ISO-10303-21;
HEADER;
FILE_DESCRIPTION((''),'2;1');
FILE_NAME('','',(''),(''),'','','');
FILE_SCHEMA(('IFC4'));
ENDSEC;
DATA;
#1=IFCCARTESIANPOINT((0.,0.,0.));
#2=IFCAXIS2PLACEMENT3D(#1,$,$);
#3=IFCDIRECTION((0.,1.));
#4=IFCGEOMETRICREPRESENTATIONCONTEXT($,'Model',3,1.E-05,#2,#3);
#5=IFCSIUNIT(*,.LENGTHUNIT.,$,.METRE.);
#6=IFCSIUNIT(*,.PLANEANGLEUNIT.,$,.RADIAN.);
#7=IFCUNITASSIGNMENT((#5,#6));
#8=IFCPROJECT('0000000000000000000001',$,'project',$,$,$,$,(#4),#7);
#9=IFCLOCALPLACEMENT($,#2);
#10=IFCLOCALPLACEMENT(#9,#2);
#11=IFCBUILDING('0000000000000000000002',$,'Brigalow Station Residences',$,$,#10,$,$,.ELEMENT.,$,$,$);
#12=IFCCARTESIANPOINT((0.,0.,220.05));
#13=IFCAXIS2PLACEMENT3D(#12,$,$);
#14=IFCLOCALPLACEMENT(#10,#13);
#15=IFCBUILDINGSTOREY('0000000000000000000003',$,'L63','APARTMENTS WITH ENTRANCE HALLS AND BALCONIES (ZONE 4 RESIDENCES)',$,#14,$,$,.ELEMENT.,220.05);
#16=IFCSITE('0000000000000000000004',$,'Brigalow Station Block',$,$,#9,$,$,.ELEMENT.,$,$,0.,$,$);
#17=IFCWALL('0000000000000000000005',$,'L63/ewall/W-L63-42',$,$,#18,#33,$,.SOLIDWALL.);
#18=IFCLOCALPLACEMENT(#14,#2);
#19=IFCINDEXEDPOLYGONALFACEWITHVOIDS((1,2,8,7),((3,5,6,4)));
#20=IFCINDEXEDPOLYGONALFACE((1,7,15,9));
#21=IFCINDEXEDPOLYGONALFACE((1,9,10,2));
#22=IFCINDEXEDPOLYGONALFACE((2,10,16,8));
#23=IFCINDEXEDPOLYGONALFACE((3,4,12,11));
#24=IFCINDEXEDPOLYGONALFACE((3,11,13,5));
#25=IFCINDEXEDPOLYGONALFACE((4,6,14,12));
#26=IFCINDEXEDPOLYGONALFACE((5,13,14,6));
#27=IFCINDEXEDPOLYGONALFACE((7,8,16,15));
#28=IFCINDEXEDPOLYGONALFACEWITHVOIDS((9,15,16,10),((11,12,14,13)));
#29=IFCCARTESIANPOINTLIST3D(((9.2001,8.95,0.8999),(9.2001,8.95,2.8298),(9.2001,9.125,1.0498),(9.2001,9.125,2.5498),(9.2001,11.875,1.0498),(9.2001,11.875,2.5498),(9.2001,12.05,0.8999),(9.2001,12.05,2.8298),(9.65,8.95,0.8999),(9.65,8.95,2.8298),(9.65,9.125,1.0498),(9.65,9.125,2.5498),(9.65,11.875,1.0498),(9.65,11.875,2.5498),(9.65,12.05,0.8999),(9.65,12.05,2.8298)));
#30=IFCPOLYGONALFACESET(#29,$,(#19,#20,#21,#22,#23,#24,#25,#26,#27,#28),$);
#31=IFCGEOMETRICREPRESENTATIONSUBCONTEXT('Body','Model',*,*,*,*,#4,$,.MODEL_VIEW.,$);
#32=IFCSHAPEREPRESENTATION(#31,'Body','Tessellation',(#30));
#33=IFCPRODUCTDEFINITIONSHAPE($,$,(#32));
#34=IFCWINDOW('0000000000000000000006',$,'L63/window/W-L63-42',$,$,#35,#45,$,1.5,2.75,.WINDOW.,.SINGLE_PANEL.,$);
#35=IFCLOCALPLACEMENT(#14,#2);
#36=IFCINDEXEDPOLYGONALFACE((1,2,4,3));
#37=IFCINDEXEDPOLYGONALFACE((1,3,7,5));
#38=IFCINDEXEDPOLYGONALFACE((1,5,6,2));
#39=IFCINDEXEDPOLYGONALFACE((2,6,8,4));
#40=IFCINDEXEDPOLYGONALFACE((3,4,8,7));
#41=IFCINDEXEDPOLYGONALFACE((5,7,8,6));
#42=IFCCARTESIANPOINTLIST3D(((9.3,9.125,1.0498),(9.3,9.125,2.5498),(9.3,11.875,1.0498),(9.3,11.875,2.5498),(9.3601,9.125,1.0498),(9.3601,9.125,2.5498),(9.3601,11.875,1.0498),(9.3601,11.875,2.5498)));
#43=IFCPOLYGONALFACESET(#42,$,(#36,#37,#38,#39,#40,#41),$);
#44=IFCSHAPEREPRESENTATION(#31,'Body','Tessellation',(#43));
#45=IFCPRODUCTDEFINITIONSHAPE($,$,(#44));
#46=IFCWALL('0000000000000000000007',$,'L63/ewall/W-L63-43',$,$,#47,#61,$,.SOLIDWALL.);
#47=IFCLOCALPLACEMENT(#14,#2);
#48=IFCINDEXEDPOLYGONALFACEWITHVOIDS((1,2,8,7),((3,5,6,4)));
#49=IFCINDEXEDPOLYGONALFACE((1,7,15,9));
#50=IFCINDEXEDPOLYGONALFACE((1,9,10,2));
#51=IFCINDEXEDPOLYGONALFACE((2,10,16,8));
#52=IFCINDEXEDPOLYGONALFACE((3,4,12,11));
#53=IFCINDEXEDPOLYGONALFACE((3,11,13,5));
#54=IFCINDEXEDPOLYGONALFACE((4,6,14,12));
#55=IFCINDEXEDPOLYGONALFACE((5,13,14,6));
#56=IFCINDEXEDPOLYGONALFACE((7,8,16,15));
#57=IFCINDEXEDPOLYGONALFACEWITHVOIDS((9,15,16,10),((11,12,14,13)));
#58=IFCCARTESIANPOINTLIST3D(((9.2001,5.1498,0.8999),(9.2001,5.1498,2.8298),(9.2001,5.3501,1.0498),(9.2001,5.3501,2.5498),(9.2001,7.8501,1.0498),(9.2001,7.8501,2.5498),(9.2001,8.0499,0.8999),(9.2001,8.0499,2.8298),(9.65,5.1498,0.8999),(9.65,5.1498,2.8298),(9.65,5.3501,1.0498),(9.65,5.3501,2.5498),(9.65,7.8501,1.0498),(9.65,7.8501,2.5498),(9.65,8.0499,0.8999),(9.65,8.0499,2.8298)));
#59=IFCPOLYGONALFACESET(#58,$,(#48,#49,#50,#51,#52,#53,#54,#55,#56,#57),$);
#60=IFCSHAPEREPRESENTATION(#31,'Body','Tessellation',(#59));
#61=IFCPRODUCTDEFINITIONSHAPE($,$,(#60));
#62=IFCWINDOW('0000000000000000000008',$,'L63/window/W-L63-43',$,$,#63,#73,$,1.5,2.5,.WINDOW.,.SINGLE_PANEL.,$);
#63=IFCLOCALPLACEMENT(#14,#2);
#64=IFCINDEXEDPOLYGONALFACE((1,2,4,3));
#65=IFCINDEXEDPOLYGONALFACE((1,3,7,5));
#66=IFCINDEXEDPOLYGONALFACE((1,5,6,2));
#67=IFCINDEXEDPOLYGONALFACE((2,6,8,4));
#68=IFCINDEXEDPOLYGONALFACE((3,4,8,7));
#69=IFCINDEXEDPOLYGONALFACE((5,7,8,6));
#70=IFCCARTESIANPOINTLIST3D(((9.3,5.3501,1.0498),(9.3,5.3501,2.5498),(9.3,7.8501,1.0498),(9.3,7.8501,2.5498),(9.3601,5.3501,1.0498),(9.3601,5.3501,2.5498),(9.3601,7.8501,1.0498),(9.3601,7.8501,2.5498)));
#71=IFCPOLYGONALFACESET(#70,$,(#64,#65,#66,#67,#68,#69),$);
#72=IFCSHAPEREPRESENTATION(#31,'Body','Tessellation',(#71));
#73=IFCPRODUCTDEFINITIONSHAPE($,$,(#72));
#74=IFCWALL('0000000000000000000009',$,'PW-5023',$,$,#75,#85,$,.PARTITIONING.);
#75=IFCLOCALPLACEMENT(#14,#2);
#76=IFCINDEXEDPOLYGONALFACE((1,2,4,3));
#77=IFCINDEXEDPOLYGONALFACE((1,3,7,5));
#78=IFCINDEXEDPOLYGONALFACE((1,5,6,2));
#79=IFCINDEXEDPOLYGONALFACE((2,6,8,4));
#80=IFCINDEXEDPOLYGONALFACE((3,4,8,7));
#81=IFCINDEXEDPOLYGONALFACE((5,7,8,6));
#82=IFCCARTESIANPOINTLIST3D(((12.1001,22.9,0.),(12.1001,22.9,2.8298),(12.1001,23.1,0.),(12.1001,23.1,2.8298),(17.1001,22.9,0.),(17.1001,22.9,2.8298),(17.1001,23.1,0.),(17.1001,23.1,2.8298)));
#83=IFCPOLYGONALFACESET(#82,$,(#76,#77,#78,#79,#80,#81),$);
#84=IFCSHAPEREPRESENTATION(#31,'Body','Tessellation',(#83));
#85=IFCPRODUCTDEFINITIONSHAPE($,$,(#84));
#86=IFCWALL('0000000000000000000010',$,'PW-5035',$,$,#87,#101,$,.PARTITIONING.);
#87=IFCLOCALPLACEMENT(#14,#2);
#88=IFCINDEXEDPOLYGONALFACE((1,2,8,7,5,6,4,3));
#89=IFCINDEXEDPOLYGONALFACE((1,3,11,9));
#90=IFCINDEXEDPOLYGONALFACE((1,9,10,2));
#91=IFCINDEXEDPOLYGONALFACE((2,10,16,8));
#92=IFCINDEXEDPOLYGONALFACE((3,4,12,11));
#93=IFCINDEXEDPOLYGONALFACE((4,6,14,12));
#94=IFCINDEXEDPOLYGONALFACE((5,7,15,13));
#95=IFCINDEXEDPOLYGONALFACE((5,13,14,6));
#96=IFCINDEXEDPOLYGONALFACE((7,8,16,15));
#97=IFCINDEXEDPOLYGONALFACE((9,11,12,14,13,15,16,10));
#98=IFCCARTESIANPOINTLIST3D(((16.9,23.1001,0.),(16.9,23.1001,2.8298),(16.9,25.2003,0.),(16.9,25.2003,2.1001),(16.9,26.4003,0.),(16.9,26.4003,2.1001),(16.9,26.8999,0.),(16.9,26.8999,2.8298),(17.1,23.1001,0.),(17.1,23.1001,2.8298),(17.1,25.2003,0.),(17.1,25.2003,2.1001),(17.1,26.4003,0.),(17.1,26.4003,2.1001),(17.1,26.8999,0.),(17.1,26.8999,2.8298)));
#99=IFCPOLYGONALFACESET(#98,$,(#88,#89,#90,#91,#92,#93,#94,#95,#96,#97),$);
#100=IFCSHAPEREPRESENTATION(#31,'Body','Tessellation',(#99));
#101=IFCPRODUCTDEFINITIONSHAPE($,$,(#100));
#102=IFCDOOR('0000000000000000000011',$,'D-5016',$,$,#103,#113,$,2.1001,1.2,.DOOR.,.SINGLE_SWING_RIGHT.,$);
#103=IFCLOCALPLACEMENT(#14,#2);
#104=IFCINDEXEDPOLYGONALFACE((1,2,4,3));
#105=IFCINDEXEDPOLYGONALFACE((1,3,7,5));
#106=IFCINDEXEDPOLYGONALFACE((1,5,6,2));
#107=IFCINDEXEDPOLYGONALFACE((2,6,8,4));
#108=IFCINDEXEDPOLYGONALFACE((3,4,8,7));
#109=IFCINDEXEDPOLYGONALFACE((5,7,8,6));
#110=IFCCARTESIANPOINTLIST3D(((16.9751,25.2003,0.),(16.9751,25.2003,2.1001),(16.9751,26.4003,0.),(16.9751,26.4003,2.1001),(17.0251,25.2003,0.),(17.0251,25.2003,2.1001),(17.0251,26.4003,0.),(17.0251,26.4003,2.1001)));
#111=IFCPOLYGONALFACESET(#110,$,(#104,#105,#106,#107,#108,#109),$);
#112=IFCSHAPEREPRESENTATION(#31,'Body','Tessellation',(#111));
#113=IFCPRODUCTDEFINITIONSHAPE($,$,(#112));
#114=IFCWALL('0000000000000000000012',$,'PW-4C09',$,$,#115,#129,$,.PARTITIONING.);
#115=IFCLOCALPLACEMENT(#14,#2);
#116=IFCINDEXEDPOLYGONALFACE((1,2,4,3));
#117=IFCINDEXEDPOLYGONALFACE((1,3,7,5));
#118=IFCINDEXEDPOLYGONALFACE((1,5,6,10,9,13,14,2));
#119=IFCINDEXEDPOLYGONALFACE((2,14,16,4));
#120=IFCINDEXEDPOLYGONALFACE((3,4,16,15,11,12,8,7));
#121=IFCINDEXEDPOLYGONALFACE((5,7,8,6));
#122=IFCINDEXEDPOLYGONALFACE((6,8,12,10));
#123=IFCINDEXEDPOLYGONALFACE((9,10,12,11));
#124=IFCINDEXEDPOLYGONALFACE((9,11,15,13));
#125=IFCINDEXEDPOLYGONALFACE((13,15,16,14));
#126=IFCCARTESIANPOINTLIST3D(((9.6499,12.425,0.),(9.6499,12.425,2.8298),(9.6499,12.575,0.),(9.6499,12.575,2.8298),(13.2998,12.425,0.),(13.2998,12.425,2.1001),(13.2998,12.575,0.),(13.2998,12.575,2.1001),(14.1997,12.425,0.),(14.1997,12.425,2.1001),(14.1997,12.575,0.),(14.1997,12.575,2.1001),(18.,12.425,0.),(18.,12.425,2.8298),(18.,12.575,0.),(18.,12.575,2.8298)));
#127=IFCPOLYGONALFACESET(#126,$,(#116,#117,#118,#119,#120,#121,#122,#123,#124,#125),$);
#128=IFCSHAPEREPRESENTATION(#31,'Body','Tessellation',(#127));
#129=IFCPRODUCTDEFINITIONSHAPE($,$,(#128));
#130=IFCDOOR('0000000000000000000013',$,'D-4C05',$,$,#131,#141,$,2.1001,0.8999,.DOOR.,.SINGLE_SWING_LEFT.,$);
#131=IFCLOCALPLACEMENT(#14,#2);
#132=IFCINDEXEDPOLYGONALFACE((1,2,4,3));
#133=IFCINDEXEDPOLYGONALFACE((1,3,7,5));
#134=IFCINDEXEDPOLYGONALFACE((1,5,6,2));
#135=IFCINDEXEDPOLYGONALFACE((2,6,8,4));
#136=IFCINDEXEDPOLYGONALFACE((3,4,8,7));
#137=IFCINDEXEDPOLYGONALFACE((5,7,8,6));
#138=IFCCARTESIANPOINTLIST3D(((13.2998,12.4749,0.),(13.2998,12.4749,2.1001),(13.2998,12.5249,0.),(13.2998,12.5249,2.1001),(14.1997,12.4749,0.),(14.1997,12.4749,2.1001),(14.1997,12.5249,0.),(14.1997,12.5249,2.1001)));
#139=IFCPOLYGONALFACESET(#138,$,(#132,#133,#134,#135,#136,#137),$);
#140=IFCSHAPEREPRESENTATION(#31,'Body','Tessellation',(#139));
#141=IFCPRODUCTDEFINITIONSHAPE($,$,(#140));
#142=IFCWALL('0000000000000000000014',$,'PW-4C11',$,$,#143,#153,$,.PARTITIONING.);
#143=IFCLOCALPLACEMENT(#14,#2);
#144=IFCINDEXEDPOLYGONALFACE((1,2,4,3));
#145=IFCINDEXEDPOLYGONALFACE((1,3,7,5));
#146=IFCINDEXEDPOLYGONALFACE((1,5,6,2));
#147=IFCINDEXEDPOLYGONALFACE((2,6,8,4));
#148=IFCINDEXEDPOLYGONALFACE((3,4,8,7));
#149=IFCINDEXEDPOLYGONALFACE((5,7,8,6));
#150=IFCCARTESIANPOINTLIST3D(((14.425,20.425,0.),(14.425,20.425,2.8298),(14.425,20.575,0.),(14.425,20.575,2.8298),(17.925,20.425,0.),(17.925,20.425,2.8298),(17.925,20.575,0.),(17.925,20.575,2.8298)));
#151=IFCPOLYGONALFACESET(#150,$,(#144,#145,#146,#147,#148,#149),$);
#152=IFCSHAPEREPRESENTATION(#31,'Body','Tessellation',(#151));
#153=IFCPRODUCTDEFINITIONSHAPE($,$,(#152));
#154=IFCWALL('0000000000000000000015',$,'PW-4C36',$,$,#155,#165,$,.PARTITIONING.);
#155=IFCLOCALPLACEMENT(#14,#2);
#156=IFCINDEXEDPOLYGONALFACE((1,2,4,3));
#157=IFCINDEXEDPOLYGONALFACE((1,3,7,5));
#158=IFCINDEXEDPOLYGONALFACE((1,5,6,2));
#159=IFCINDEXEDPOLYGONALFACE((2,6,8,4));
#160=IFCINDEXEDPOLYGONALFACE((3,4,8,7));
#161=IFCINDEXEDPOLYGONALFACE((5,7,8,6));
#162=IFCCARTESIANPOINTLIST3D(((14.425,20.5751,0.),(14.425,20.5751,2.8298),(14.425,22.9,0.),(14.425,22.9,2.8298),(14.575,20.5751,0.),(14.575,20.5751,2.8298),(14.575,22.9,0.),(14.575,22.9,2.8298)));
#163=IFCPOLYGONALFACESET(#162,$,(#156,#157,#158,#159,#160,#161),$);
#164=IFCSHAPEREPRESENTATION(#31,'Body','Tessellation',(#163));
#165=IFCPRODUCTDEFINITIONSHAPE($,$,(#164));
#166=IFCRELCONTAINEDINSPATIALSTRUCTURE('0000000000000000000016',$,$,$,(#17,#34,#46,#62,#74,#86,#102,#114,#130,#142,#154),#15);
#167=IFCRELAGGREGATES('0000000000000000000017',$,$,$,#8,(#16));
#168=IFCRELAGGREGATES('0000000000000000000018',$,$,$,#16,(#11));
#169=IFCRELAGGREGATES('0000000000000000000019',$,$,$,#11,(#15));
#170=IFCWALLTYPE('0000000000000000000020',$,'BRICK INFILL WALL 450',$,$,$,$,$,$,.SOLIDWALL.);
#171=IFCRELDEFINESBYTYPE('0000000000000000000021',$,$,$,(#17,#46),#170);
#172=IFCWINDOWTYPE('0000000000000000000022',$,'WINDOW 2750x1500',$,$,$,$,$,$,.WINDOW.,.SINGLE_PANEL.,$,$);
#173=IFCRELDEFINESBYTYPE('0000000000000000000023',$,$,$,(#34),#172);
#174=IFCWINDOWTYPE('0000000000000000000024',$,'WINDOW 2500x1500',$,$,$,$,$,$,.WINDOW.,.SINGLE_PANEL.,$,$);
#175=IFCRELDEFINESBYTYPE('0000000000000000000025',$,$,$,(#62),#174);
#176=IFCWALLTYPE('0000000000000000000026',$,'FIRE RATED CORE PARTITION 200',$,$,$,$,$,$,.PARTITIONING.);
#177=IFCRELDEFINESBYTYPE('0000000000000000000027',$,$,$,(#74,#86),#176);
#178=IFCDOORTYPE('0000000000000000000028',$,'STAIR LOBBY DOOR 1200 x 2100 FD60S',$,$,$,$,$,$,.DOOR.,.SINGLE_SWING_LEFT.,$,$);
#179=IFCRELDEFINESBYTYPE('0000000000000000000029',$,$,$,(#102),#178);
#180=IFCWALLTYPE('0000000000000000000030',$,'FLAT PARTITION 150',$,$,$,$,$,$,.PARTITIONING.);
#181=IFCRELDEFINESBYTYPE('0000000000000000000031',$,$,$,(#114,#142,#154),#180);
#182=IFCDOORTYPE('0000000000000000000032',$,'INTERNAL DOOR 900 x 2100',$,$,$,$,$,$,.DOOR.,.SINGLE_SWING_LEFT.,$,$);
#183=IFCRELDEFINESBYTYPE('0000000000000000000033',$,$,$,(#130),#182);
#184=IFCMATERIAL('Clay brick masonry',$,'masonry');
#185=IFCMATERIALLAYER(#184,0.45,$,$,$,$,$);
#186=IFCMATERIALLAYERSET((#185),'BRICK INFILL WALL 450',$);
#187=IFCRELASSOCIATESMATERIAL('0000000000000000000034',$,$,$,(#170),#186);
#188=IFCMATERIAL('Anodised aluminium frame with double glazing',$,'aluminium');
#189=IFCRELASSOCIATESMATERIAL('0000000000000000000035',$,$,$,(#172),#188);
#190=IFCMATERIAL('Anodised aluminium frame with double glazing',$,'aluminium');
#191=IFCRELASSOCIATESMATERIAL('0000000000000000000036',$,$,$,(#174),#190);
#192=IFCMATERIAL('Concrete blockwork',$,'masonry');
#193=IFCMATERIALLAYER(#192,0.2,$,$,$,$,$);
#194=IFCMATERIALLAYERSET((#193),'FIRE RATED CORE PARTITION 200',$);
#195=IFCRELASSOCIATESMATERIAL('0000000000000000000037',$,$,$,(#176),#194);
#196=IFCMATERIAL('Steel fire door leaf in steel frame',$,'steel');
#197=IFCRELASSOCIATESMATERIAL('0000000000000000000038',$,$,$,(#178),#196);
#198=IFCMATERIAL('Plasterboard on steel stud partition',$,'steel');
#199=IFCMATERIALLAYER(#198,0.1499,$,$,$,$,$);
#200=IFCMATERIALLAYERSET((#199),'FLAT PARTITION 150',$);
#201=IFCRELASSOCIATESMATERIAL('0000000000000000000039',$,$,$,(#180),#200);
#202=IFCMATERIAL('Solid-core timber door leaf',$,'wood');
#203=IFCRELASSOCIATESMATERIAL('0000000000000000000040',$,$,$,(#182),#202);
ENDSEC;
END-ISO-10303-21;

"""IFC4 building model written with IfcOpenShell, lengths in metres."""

from ifc_helpers import new_model, si_unit, direction, frame, frame_2d, origin, place, context, subcontext, project, spatial, rectangle, extrude, material, layer, layer_set, type_object, element, fill, save


model = new_model("IFC4")

# Units and contexts
model_context = context("Model", 3, precision=1e-05, world=origin(), true_north=direction((0.0, 1.0)))
body_context = subcontext(model_context, "Body", "Model", "MODEL_VIEW")
ifc_project = project(units=[si_unit("LENGTHUNIT", "METRE"), si_unit("PLANEANGLEUNIT", "RADIAN")], contexts=[model_context])

# Site, building, storey
site_placement = place(None, origin())
site = spatial("IfcSite", under=ifc_project, at=site_placement, Name="Brigalow Station Block", CompositionType="ELEMENT", RefElevation=0.0)
building_placement = place(site_placement, origin())
building = spatial("IfcBuilding", under=site, at=building_placement, Name="Brigalow Station Residences", CompositionType="ELEMENT")
storey_placement = place(building_placement, frame((0.0, 0.0, 220.05)))
storey = spatial("IfcBuildingStorey", under=building, at=storey_placement, Name="L63", Description="APARTMENTS WITH ENTRANCE HALLS AND BALCONIES (ZONE 4 RESIDENCES)", CompositionType="ELEMENT", Elevation=220.05)

# Shared definitions
ifc_material_1 = material(Name="Clay brick masonry", Category="masonry")
ifc_layer_1 = layer(ifc_material_1, 0.45)
ifc_layer_set_1 = layer_set([ifc_layer_1], Name="BRICK INFILL WALL 450")
wall_type_1 = type_object("IfcWallType", Name="BRICK INFILL WALL 450", PredefinedType="SOLIDWALL", material=ifc_layer_set_1)

# Walls, openings, windows
wall_1_placement = place(storey_placement, frame((9.425, 12.05, 0.8999), z_axis=(0.0, 0.0, 1.0), x_axis=(0.0, -1.0, 0.0)))
wall_1 = element("IfcWall", 1, at=wall_1_placement, inside=storey, type_object=wall_type_1, Name="L63/ewall/W-L63-42", PredefinedType="SOLIDWALL", context=body_context, shape_type="SweptSolid", body=[
    extrude(rectangle(XDim=3.1001, YDim=0.45, at=frame_2d((1.55, 0.0))), origin(), (0.0, 0.0, 1.0), 1.9299),
])
opening_1_placement = place(wall_1_placement, frame((0.175, 0.0, 0.1499)))
opening_1 = element("IfcOpeningElement", 2, at=opening_1_placement, cuts=wall_1, PredefinedType="OPENING", context=body_context, shape_type="SweptSolid", body=[
    extrude(rectangle(XDim=2.75, YDim=1.5, at=frame_2d((1.375, 0.75))), frame((0.0, 0.2349, 0.0), z_axis=(0.0, -1.0, 0.0), x_axis=(1.0, 0.0, 0.0)), (0.0, 0.0, 1.0), 0.47),
])
ifc_material_2 = material(Name="Anodised aluminium frame with double glazing", Category="aluminium")
window_type_1 = type_object("IfcWindowType", Name="WINDOW 2750x1500", PartitioningType="SINGLE_PANEL", PredefinedType="WINDOW", material=ifc_material_2)
window_1_placement = place(opening_1_placement, origin())
window_1 = element("IfcWindow", 3, at=window_1_placement, inside=storey, type_object=window_type_1, Name="L63/window/W-L63-42", OverallHeight=1.5, OverallWidth=2.75, PartitioningType="SINGLE_PANEL", PredefinedType="WINDOW", context=body_context, shape_type="SweptSolid", body=[
    extrude(rectangle(XDim=2.75, YDim=1.5, at=frame_2d((1.375, 0.75))), frame((0.0, -0.0649, 0.0), z_axis=(0.0, -1.0, 0.0), x_axis=(1.0, 0.0, 0.0)), (0.0, 0.0, 1.0), 0.0601),
])
fill(opening_1, window_1)
wall_2_placement = place(storey_placement, frame((9.425, 8.05, 0.8999), z_axis=(0.0, 0.0, 1.0), x_axis=(0.0, -1.0, 0.0)))
wall_2 = element("IfcWall", 4, at=wall_2_placement, inside=storey, type_object=wall_type_1, Name="L63/ewall/W-L63-43", PredefinedType="SOLIDWALL", context=body_context, shape_type="SweptSolid", body=[
    extrude(rectangle(XDim=2.9001, YDim=0.45, at=frame_2d((1.4502, 0.0))), origin(), (0.0, 0.0, 1.0), 1.9299),
])
opening_2_placement = place(wall_2_placement, frame((0.2, 0.0, 0.1499)))
opening_2 = element("IfcOpeningElement", 5, at=opening_2_placement, cuts=wall_2, PredefinedType="OPENING", context=body_context, shape_type="SweptSolid", body=[
    extrude(rectangle(XDim=2.5, YDim=1.5, at=frame_2d((1.25, 0.75))), frame((0.0, 0.2349, 0.0), z_axis=(0.0, -1.0, 0.0), x_axis=(1.0, 0.0, 0.0)), (0.0, 0.0, 1.0), 0.47),
])
ifc_material_3 = material(Name="Anodised aluminium frame with double glazing", Category="aluminium")
window_type_2 = type_object("IfcWindowType", Name="WINDOW 2500x1500", PartitioningType="SINGLE_PANEL", PredefinedType="WINDOW", material=ifc_material_3)
window_2_placement = place(opening_2_placement, origin())
window_2 = element("IfcWindow", 6, at=window_2_placement, inside=storey, type_object=window_type_2, Name="L63/window/W-L63-43", OverallHeight=1.5, OverallWidth=2.5, PartitioningType="SINGLE_PANEL", PredefinedType="WINDOW", context=body_context, shape_type="SweptSolid", body=[
    extrude(rectangle(XDim=2.5, YDim=1.5, at=frame_2d((1.25, 0.75))), frame((0.0, -0.0649, 0.0), z_axis=(0.0, -1.0, 0.0), x_axis=(1.0, 0.0, 0.0)), (0.0, 0.0, 1.0), 0.0601),
])
fill(opening_2, window_2)

# Wall
ifc_material_4 = material(Name="Concrete blockwork", Category="masonry")
ifc_layer_2 = layer(ifc_material_4, 0.2)
ifc_layer_set_2 = layer_set([ifc_layer_2], Name="FIRE RATED CORE PARTITION 200")
wall_type_2 = type_object("IfcWallType", Name="FIRE RATED CORE PARTITION 200", PredefinedType="PARTITIONING", material=ifc_layer_set_2)
wall_3_placement = place(storey_placement, frame((12.1001, 23.0, 0.0), z_axis=(0.0, 0.0, 1.0), x_axis=(1.0, 0.0, 0.0)))
element("IfcWall", 7, at=wall_3_placement, inside=storey, type_object=wall_type_2, Name="PW-5023", PredefinedType="PARTITIONING", context=body_context, shape_type="SweptSolid", body=[
    extrude(rectangle(XDim=5.0, YDim=0.2, at=frame_2d((2.5, 0.0))), origin(), (0.0, 0.0, 1.0), 2.8298),
])

# Walls, openings, doors
wall_4_placement = place(storey_placement, frame((17.0, 23.1001, 0.0), z_axis=(0.0, 0.0, 1.0), x_axis=(0.0, 1.0, 0.0)))
wall_4 = element("IfcWall", 8, at=wall_4_placement, inside=storey, type_object=wall_type_2, Name="PW-5035", PredefinedType="PARTITIONING", context=body_context, shape_type="SweptSolid", body=[
    extrude(rectangle(XDim=3.7998, YDim=0.2, at=frame_2d((1.8999, 0.0))), origin(), (0.0, 0.0, 1.0), 2.8298),
])
opening_3_placement = place(wall_4_placement, frame((2.1001, 0.0, 0.0)))
opening_3 = element("IfcOpeningElement", 9, at=opening_3_placement, cuts=wall_4, PredefinedType="OPENING", context=body_context, shape_type="SweptSolid", body=[
    extrude(rectangle(XDim=1.2, YDim=2.1001, at=frame_2d((0.6001, 1.05))), frame((0.0, 0.1099, 0.0), z_axis=(0.0, -1.0, 0.0), x_axis=(1.0, 0.0, 0.0)), (0.0, 0.0, 1.0), 0.22),
])
ifc_material_5 = material(Name="Steel fire door leaf in steel frame", Category="steel")
door_type_1 = type_object("IfcDoorType", Name="STAIR LOBBY DOOR 1200 x 2100 FD60S", OperationType="SINGLE_SWING_LEFT", PredefinedType="DOOR", material=ifc_material_5)
door_1_placement = place(opening_3_placement, origin())
door_1 = element("IfcDoor", 10, at=door_1_placement, inside=storey, type_object=door_type_1, Name="D-5016", OperationType="SINGLE_SWING_RIGHT", OverallHeight=2.1001, OverallWidth=1.2, PredefinedType="DOOR", context=body_context, shape_type="SweptSolid", body=[
    extrude(rectangle(XDim=1.2, YDim=2.1001, at=frame_2d((0.6001, 1.05))), frame((0.0, 0.0249, 0.0), z_axis=(0.0, -1.0, 0.0), x_axis=(1.0, 0.0, 0.0)), (0.0, 0.0, 1.0), 0.05),
])
fill(opening_3, door_1)
ifc_material_6 = material(Name="Plasterboard on steel stud partition", Category="steel")
ifc_layer_3 = layer(ifc_material_6, 0.1499)
ifc_layer_set_3 = layer_set([ifc_layer_3], Name="FLAT PARTITION 150")
wall_type_3 = type_object("IfcWallType", Name="FLAT PARTITION 150", PredefinedType="PARTITIONING", material=ifc_layer_set_3)
wall_5_placement = place(storey_placement, frame((9.6499, 12.5, 0.0), z_axis=(0.0, 0.0, 1.0), x_axis=(1.0, 0.0, 0.0)))
wall_5 = element("IfcWall", 11, at=wall_5_placement, inside=storey, type_object=wall_type_3, Name="PW-4C09", PredefinedType="PARTITIONING", context=body_context, shape_type="SweptSolid", body=[
    extrude(rectangle(XDim=8.3501, YDim=0.1499, at=frame_2d((4.175, 0.0))), origin(), (0.0, 0.0, 1.0), 2.8298),
])
opening_4_placement = place(wall_5_placement, frame((3.6499, 0.0, 0.0)))
opening_4 = element("IfcOpeningElement", 12, at=opening_4_placement, cuts=wall_5, PredefinedType="OPENING", context=body_context, shape_type="SweptSolid", body=[
    extrude(rectangle(XDim=0.8999, YDim=2.1001, at=frame_2d((0.45, 1.05))), frame((0.0, 0.085, 0.0), z_axis=(0.0, -1.0, 0.0), x_axis=(1.0, 0.0, 0.0)), (0.0, 0.0, 1.0), 0.1699),
])
ifc_material_7 = material(Name="Solid-core timber door leaf", Category="wood")
door_type_2 = type_object("IfcDoorType", Name="INTERNAL DOOR 900 x 2100", OperationType="SINGLE_SWING_LEFT", PredefinedType="DOOR", material=ifc_material_7)
door_2_placement = place(opening_4_placement, origin())
door_2 = element("IfcDoor", 13, at=door_2_placement, inside=storey, type_object=door_type_2, Name="D-4C05", OperationType="SINGLE_SWING_LEFT", OverallHeight=2.1001, OverallWidth=0.8999, PredefinedType="DOOR", context=body_context, shape_type="SweptSolid", body=[
    extrude(rectangle(XDim=0.8999, YDim=2.1001, at=frame_2d((0.45, 1.05))), frame((0.0, 0.0249, 0.0), z_axis=(0.0, -1.0, 0.0), x_axis=(1.0, 0.0, 0.0)), (0.0, 0.0, 1.0), 0.05),
])
fill(opening_4, door_2)

# Walls
wall_6_placement = place(storey_placement, frame((14.425, 20.5, 0.0), z_axis=(0.0, 0.0, 1.0), x_axis=(1.0, 0.0, 0.0)))
element("IfcWall", 14, at=wall_6_placement, inside=storey, type_object=wall_type_3, Name="PW-4C11", PredefinedType="PARTITIONING", context=body_context, shape_type="SweptSolid", body=[
    extrude(rectangle(XDim=3.5, YDim=0.1499, at=frame_2d((1.75, 0.0))), origin(), (0.0, 0.0, 1.0), 2.8298),
])
wall_7_placement = place(storey_placement, frame((14.5, 20.575, 0.0), z_axis=(0.0, 0.0, 1.0), x_axis=(0.0, 1.0, 0.0)))
element("IfcWall", 15, at=wall_7_placement, inside=storey, type_object=wall_type_3, Name="PW-4C36", PredefinedType="PARTITIONING", context=body_context, shape_type="SweptSolid", body=[
    extrude(rectangle(XDim=2.325, YDim=0.1499, at=frame_2d((1.1626, 0.0))), origin(), (0.0, 0.0, 1.0), 2.8298),
])

save(model, "model.ifc")
